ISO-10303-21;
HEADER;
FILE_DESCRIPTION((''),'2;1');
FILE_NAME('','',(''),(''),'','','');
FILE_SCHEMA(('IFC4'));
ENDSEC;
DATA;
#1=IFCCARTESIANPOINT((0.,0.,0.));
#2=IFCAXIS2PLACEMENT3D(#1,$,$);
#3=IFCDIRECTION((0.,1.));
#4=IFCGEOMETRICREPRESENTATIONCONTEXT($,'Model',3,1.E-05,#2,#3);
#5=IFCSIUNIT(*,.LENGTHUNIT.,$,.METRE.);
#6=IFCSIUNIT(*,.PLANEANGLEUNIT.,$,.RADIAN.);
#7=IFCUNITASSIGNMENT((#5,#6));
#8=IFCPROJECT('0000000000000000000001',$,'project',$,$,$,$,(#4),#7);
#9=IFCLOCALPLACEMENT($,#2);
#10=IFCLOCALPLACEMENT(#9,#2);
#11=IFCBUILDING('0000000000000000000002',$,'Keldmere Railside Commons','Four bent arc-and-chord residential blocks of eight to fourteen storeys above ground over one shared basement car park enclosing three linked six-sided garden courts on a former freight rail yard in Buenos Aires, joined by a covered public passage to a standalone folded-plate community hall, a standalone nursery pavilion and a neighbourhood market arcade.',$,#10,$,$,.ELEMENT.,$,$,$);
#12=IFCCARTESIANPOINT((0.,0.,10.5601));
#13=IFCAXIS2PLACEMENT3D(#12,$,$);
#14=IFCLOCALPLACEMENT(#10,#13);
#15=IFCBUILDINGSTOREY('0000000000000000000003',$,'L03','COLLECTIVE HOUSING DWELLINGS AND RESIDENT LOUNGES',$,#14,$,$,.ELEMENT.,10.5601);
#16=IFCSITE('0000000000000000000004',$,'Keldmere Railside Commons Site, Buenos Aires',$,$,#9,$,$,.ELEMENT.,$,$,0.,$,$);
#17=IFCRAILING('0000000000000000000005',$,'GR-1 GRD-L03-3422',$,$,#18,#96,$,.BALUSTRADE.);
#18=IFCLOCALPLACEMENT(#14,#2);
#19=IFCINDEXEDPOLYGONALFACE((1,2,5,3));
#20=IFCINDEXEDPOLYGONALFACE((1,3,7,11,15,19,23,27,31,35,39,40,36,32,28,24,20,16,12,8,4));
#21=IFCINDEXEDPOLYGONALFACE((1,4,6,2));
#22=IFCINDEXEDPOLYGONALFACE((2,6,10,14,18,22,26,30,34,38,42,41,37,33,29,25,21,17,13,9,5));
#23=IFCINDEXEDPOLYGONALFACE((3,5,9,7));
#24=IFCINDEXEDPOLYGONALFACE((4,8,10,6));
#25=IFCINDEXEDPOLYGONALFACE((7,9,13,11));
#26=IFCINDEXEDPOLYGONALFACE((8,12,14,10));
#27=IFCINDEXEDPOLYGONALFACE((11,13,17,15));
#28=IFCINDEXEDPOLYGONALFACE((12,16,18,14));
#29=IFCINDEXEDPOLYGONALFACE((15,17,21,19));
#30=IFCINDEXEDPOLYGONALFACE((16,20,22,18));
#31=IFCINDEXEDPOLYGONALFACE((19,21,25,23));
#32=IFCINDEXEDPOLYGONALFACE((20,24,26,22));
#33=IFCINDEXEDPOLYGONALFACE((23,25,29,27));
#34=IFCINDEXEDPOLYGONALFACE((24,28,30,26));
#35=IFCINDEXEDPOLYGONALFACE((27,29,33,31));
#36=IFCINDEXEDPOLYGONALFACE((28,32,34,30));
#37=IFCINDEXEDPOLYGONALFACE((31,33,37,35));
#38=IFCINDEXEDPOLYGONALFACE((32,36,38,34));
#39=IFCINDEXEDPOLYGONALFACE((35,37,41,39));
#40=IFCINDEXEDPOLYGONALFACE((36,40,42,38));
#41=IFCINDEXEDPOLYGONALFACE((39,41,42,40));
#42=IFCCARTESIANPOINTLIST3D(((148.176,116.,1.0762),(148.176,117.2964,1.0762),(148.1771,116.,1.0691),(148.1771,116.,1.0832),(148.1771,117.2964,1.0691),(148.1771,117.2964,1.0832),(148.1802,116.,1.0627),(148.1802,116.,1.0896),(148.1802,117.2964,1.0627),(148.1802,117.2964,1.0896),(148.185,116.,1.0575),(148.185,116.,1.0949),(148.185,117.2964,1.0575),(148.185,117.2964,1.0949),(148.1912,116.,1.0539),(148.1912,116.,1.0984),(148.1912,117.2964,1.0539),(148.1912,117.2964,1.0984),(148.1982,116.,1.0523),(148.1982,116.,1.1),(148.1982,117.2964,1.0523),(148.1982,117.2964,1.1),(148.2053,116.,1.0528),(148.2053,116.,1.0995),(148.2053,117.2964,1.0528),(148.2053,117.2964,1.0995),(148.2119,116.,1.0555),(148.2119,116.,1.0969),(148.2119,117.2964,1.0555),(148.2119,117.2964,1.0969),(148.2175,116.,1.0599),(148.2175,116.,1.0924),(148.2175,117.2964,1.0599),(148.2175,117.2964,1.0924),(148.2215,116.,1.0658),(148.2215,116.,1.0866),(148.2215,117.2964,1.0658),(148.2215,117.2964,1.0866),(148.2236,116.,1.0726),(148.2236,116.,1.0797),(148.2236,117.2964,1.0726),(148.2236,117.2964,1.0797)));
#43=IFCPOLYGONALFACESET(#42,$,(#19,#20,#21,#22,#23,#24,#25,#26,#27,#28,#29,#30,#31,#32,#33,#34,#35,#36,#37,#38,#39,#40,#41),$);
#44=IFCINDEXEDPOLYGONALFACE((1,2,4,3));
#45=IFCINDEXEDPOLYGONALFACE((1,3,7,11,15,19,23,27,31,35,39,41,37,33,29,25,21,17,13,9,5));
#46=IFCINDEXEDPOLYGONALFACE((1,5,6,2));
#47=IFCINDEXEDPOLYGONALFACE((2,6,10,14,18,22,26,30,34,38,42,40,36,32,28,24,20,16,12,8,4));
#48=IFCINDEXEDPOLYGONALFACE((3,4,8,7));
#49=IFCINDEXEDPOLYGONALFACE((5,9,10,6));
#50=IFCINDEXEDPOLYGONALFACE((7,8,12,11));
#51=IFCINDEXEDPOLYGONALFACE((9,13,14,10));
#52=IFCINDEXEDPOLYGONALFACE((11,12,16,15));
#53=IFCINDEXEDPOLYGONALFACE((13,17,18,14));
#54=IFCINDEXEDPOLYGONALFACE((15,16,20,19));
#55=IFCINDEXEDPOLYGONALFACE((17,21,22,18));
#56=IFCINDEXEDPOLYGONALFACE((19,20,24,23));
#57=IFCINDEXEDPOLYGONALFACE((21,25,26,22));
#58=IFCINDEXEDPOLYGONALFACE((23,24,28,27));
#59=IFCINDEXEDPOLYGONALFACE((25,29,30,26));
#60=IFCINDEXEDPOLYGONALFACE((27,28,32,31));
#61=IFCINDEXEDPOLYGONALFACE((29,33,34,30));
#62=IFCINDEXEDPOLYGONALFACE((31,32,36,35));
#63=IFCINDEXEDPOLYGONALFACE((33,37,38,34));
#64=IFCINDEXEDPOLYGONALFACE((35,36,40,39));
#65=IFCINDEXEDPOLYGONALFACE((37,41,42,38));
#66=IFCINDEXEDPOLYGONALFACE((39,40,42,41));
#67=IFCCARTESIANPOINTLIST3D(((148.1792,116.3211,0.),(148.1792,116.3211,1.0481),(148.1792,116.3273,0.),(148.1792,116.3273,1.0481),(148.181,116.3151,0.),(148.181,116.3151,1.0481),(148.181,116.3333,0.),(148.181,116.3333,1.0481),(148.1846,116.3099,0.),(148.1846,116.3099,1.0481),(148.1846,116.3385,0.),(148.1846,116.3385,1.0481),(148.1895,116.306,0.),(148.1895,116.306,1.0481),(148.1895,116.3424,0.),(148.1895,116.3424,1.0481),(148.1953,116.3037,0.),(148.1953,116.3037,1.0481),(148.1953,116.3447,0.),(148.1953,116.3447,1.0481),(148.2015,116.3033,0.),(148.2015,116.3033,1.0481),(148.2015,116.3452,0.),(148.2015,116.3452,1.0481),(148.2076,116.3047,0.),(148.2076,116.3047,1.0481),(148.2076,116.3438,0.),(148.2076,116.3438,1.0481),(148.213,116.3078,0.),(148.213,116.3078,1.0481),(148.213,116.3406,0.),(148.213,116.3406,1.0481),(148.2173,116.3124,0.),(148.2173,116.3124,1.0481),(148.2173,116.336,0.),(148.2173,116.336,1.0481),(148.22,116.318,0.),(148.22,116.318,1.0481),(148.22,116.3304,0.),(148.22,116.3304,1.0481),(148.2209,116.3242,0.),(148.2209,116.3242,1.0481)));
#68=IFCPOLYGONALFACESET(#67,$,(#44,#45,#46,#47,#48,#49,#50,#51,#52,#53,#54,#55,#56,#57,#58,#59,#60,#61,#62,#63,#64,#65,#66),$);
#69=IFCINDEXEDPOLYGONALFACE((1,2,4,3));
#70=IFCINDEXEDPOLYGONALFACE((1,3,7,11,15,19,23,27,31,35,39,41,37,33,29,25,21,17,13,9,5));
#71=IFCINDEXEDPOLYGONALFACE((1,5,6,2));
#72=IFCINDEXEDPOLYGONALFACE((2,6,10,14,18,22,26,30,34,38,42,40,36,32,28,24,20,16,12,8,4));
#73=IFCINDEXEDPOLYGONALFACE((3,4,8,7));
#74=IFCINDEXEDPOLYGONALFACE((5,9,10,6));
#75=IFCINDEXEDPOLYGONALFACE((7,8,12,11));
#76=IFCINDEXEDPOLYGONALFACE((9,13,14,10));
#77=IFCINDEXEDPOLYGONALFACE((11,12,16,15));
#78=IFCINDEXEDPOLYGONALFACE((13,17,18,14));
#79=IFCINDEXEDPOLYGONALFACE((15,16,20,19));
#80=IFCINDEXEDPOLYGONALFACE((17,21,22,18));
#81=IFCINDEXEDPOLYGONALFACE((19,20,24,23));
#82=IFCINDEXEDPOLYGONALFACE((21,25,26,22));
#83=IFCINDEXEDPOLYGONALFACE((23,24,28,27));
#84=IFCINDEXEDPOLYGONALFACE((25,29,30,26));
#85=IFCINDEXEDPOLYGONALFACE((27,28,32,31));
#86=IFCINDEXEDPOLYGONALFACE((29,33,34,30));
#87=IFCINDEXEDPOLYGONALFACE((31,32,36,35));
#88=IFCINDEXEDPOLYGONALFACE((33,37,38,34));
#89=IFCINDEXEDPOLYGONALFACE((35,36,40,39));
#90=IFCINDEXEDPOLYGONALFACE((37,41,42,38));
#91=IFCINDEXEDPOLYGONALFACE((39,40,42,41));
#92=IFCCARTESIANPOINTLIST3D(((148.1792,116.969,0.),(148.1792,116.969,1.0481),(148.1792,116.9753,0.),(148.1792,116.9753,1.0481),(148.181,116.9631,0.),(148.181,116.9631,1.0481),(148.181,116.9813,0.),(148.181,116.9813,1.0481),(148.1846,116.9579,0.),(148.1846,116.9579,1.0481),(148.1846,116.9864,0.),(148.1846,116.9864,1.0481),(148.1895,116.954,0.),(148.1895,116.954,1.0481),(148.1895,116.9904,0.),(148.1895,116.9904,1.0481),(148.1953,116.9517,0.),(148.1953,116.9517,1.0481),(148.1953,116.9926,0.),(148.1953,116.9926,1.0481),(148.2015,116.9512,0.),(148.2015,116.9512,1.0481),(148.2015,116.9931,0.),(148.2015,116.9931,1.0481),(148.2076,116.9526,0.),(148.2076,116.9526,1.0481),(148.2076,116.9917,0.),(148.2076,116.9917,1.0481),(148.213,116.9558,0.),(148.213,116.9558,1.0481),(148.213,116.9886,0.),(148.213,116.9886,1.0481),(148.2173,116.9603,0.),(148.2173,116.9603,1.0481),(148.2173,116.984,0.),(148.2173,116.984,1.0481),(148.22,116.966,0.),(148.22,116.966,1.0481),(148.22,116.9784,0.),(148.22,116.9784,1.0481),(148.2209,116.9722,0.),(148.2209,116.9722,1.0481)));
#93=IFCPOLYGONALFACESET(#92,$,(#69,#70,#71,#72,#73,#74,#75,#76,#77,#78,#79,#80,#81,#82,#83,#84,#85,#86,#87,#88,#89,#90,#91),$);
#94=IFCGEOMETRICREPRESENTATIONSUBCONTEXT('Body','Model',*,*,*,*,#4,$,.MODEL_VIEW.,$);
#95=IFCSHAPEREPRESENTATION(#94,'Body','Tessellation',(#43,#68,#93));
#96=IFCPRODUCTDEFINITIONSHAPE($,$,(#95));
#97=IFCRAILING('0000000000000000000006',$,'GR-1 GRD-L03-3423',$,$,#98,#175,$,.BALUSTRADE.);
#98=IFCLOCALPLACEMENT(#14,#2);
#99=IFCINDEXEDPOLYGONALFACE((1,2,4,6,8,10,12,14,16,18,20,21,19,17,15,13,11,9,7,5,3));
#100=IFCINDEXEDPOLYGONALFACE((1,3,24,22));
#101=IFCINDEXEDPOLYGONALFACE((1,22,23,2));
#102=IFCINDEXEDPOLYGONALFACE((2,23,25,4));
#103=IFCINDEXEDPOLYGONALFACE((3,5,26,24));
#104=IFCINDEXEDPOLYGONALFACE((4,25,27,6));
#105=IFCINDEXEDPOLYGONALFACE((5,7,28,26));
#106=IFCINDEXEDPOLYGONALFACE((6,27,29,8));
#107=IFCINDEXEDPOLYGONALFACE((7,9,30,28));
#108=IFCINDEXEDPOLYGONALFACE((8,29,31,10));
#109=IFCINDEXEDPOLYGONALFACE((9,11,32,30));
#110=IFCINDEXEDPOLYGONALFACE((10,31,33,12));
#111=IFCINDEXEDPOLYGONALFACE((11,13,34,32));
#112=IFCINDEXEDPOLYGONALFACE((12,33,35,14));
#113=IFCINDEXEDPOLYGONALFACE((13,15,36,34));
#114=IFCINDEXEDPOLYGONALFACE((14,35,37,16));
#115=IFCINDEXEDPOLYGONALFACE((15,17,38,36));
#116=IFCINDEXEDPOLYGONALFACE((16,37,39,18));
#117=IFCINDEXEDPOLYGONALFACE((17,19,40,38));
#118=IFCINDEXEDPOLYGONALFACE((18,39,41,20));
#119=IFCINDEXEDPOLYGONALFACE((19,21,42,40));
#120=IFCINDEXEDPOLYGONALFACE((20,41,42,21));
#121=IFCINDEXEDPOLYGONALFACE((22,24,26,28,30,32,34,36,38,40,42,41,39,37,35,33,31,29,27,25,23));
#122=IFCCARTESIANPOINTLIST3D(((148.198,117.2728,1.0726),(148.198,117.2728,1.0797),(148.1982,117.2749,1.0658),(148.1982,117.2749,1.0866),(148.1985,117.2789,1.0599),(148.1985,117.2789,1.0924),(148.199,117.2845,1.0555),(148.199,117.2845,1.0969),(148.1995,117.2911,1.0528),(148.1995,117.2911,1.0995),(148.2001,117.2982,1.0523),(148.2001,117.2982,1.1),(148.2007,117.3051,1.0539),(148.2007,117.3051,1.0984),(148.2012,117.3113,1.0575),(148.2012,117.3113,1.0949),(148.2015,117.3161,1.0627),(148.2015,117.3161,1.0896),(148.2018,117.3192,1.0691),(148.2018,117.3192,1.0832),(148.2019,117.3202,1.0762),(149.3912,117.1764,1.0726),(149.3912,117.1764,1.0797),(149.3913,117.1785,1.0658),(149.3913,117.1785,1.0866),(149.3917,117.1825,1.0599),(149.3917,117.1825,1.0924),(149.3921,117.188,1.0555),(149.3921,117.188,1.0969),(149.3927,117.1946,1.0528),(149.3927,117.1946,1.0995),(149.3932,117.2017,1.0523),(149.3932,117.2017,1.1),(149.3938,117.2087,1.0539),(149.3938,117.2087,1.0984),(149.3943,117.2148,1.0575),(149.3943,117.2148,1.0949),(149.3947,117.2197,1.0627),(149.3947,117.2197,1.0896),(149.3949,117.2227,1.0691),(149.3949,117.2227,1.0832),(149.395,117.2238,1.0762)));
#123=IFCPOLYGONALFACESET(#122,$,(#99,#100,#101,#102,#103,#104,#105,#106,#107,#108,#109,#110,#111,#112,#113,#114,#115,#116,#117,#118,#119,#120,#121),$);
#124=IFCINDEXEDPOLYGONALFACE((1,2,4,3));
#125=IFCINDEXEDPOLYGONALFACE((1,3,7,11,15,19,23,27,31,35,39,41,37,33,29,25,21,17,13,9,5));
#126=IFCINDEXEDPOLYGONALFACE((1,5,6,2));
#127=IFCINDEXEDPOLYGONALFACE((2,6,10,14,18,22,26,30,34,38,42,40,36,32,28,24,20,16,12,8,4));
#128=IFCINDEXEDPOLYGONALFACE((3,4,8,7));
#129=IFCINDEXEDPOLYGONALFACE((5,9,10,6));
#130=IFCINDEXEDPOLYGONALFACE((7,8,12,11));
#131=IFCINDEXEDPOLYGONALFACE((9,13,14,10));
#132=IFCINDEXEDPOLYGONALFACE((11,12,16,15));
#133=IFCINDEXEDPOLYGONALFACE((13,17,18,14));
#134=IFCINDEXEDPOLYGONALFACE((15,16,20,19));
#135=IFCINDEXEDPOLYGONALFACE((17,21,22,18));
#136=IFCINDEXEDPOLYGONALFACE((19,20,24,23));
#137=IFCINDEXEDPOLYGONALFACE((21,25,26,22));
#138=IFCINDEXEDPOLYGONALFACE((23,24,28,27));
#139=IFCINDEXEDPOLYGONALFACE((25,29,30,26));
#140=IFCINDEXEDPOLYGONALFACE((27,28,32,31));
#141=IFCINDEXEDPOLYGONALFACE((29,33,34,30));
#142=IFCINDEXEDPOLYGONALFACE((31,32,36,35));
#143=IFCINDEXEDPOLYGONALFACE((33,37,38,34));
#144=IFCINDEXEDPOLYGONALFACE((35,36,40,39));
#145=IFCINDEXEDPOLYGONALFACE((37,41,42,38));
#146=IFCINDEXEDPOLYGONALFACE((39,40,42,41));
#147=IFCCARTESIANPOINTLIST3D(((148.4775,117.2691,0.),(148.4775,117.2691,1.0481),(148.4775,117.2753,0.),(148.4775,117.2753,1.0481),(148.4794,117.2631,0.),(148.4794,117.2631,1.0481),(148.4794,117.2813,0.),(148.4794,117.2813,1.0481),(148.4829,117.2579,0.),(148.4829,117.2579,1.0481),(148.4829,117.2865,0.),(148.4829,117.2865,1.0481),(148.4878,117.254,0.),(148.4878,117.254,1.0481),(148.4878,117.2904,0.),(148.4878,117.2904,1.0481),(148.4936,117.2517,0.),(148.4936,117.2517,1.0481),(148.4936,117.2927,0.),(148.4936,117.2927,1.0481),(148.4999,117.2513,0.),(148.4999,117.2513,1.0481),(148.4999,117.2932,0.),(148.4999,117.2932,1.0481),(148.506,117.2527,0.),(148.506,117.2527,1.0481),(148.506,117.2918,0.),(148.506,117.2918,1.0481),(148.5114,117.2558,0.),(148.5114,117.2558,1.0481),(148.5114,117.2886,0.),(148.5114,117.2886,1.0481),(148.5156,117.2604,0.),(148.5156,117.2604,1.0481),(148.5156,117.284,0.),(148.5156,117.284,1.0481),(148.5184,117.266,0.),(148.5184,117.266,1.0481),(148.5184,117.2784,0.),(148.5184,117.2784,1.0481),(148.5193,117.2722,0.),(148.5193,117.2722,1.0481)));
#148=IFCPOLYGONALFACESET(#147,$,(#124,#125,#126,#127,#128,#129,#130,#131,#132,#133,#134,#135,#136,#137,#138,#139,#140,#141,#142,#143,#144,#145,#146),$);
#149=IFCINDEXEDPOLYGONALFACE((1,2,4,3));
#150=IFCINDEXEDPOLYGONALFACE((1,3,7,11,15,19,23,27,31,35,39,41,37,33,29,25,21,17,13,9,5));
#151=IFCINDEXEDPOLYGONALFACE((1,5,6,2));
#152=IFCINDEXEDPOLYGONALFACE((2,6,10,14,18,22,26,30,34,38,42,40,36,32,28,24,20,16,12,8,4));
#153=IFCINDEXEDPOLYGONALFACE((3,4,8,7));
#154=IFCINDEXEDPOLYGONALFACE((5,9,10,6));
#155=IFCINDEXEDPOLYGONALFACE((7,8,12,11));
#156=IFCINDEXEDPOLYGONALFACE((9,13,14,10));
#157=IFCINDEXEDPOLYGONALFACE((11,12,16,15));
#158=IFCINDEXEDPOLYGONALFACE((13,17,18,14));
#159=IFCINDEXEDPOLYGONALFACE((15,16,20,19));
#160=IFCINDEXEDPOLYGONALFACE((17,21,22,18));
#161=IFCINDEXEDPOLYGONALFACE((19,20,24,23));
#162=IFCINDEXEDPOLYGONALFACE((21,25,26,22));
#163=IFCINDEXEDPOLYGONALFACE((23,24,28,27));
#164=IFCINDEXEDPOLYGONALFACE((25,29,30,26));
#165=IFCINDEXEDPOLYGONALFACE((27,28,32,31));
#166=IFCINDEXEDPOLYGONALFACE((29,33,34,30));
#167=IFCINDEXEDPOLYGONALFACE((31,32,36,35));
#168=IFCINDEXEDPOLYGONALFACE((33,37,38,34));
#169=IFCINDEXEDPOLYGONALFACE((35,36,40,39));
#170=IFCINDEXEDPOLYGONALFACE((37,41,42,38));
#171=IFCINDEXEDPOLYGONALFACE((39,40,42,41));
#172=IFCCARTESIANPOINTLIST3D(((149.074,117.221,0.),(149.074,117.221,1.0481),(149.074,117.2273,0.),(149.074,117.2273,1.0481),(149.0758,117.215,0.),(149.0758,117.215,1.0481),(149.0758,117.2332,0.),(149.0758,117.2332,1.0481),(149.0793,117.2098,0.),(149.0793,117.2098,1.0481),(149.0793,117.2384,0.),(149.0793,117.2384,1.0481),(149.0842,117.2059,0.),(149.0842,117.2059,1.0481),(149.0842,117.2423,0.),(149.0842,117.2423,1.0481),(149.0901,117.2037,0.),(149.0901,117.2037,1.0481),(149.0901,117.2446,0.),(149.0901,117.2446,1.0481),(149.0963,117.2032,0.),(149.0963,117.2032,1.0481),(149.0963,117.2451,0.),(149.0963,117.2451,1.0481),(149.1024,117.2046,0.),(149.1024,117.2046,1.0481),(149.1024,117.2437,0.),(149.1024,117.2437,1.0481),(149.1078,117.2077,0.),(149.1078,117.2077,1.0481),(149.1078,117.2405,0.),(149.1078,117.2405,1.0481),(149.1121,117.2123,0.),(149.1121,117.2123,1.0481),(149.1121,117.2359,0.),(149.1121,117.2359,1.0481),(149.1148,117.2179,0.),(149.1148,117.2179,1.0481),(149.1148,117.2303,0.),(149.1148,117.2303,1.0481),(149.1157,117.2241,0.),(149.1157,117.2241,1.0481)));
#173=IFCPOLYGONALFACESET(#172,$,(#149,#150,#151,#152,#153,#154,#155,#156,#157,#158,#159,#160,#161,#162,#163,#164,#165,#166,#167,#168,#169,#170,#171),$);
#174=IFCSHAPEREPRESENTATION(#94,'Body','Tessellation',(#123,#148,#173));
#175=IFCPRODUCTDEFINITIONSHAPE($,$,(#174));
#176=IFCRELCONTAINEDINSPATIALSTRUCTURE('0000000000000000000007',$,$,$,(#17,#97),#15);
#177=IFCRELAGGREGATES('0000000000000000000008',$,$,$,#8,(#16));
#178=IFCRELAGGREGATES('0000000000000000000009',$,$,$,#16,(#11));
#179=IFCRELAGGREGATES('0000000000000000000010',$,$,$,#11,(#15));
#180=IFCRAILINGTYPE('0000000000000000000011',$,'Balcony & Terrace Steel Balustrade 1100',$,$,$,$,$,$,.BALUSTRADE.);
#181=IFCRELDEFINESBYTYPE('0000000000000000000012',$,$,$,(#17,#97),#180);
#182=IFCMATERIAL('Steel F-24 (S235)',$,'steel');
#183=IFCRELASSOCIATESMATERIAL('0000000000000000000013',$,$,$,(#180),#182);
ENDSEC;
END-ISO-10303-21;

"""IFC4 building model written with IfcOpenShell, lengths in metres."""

from ifc_helpers import new_model, si_unit, direction, frame, origin, origin_2d, place, context, subcontext, project, spatial, circle, extrude, material, type_object, element, save


model = new_model("IFC4")

# Units and contexts
model_context = context("Model", 3, precision=1e-05, world=origin(), true_north=direction((0.0, 1.0)))
body_context = subcontext(model_context, "Body", "Model", "MODEL_VIEW")
ifc_project = project(units=[si_unit("LENGTHUNIT", "METRE"), si_unit("PLANEANGLEUNIT", "RADIAN")], contexts=[model_context])

# Site, building, storey
site_placement = place(None, origin())
site = spatial("IfcSite", under=ifc_project, at=site_placement, Name="Keldmere Railside Commons Site, Buenos Aires", CompositionType="ELEMENT", RefElevation=0.0)
building_placement = place(site_placement, origin())
building = spatial("IfcBuilding", under=site, at=building_placement, Name="Keldmere Railside Commons", Description="Four bent arc-and-chord residential blocks of eight to fourteen storeys above ground over one shared basement car park enclosing three linked six-sided garden courts on a former freight rail yard in Buenos Aires, joined by a covered public passage to a standalone folded-plate community hall, a standalone nursery pavilion and a neighbourhood market arcade.", CompositionType="ELEMENT")
storey_placement = place(building_placement, frame((0.0, 0.0, 10.5601)))
storey = spatial("IfcBuildingStorey", under=building, at=storey_placement, Name="L03", Description="COLLECTIVE HOUSING DWELLINGS AND RESIDENT LOUNGES", CompositionType="ELEMENT", Elevation=10.5601)

# Shared definitions
ifc_material_1 = material(Name="Steel F-24 (S235)", Category="steel")

# Railings
railing_type_1 = type_object("IfcRailingType", Name="Balcony & Terrace Steel Balustrade 1100", PredefinedType="BALUSTRADE", material=ifc_material_1)
railing_1_placement = place(storey_placement, frame((148.2, 116.0, 0.0)))
element("IfcRailing", 1, at=railing_1_placement, inside=storey, type_object=railing_type_1, Name="GR-1 GRD-L03-3422", PredefinedType="BALUSTRADE", context=body_context, shape_type="SweptSolid", body=[
    extrude(circle(Radius=0.0239, at=origin_2d()), frame((0.0, 0.0, 1.0762), z_axis=(0.0, 1.0, 0.0), x_axis=(-1.0, 0.0, 0.0)), (0.0, 0.0, 1.0), 1.2964),
    extrude(circle(Radius=0.021, at=origin_2d()), frame((0.0, 0.3242, 0.0)), (0.0, 0.0, 1.0), 1.0481),
    extrude(circle(Radius=0.021, at=origin_2d()), frame((0.0, 0.9722, 0.0)), (0.0, 0.0, 1.0), 1.0481),
])
railing_2_placement = place(storey_placement, frame((148.2, 117.2964, 0.0)))
element("IfcRailing", 2, at=railing_2_placement, inside=storey, type_object=railing_type_1, Name="GR-1 GRD-L03-3423", PredefinedType="BALUSTRADE", context=body_context, shape_type="SweptSolid", body=[
    extrude(circle(Radius=0.0239, at=origin_2d()), frame((0.0, 0.0, 1.0762), z_axis=(0.996749, -0.080564, 0.0), x_axis=(0.080564, 0.996749, 0.0)), (0.0, 0.0, 1.0), 1.197),
    extrude(circle(Radius=0.021, at=origin_2d()), frame((0.2983, -0.0242, 0.0)), (0.0, 0.0, 1.0), 1.0481),
    extrude(circle(Radius=0.021, at=origin_2d()), frame((0.8948, -0.0723, 0.0)), (0.0, 0.0, 1.0), 1.0481),
])

save(model, "model.ifc")
